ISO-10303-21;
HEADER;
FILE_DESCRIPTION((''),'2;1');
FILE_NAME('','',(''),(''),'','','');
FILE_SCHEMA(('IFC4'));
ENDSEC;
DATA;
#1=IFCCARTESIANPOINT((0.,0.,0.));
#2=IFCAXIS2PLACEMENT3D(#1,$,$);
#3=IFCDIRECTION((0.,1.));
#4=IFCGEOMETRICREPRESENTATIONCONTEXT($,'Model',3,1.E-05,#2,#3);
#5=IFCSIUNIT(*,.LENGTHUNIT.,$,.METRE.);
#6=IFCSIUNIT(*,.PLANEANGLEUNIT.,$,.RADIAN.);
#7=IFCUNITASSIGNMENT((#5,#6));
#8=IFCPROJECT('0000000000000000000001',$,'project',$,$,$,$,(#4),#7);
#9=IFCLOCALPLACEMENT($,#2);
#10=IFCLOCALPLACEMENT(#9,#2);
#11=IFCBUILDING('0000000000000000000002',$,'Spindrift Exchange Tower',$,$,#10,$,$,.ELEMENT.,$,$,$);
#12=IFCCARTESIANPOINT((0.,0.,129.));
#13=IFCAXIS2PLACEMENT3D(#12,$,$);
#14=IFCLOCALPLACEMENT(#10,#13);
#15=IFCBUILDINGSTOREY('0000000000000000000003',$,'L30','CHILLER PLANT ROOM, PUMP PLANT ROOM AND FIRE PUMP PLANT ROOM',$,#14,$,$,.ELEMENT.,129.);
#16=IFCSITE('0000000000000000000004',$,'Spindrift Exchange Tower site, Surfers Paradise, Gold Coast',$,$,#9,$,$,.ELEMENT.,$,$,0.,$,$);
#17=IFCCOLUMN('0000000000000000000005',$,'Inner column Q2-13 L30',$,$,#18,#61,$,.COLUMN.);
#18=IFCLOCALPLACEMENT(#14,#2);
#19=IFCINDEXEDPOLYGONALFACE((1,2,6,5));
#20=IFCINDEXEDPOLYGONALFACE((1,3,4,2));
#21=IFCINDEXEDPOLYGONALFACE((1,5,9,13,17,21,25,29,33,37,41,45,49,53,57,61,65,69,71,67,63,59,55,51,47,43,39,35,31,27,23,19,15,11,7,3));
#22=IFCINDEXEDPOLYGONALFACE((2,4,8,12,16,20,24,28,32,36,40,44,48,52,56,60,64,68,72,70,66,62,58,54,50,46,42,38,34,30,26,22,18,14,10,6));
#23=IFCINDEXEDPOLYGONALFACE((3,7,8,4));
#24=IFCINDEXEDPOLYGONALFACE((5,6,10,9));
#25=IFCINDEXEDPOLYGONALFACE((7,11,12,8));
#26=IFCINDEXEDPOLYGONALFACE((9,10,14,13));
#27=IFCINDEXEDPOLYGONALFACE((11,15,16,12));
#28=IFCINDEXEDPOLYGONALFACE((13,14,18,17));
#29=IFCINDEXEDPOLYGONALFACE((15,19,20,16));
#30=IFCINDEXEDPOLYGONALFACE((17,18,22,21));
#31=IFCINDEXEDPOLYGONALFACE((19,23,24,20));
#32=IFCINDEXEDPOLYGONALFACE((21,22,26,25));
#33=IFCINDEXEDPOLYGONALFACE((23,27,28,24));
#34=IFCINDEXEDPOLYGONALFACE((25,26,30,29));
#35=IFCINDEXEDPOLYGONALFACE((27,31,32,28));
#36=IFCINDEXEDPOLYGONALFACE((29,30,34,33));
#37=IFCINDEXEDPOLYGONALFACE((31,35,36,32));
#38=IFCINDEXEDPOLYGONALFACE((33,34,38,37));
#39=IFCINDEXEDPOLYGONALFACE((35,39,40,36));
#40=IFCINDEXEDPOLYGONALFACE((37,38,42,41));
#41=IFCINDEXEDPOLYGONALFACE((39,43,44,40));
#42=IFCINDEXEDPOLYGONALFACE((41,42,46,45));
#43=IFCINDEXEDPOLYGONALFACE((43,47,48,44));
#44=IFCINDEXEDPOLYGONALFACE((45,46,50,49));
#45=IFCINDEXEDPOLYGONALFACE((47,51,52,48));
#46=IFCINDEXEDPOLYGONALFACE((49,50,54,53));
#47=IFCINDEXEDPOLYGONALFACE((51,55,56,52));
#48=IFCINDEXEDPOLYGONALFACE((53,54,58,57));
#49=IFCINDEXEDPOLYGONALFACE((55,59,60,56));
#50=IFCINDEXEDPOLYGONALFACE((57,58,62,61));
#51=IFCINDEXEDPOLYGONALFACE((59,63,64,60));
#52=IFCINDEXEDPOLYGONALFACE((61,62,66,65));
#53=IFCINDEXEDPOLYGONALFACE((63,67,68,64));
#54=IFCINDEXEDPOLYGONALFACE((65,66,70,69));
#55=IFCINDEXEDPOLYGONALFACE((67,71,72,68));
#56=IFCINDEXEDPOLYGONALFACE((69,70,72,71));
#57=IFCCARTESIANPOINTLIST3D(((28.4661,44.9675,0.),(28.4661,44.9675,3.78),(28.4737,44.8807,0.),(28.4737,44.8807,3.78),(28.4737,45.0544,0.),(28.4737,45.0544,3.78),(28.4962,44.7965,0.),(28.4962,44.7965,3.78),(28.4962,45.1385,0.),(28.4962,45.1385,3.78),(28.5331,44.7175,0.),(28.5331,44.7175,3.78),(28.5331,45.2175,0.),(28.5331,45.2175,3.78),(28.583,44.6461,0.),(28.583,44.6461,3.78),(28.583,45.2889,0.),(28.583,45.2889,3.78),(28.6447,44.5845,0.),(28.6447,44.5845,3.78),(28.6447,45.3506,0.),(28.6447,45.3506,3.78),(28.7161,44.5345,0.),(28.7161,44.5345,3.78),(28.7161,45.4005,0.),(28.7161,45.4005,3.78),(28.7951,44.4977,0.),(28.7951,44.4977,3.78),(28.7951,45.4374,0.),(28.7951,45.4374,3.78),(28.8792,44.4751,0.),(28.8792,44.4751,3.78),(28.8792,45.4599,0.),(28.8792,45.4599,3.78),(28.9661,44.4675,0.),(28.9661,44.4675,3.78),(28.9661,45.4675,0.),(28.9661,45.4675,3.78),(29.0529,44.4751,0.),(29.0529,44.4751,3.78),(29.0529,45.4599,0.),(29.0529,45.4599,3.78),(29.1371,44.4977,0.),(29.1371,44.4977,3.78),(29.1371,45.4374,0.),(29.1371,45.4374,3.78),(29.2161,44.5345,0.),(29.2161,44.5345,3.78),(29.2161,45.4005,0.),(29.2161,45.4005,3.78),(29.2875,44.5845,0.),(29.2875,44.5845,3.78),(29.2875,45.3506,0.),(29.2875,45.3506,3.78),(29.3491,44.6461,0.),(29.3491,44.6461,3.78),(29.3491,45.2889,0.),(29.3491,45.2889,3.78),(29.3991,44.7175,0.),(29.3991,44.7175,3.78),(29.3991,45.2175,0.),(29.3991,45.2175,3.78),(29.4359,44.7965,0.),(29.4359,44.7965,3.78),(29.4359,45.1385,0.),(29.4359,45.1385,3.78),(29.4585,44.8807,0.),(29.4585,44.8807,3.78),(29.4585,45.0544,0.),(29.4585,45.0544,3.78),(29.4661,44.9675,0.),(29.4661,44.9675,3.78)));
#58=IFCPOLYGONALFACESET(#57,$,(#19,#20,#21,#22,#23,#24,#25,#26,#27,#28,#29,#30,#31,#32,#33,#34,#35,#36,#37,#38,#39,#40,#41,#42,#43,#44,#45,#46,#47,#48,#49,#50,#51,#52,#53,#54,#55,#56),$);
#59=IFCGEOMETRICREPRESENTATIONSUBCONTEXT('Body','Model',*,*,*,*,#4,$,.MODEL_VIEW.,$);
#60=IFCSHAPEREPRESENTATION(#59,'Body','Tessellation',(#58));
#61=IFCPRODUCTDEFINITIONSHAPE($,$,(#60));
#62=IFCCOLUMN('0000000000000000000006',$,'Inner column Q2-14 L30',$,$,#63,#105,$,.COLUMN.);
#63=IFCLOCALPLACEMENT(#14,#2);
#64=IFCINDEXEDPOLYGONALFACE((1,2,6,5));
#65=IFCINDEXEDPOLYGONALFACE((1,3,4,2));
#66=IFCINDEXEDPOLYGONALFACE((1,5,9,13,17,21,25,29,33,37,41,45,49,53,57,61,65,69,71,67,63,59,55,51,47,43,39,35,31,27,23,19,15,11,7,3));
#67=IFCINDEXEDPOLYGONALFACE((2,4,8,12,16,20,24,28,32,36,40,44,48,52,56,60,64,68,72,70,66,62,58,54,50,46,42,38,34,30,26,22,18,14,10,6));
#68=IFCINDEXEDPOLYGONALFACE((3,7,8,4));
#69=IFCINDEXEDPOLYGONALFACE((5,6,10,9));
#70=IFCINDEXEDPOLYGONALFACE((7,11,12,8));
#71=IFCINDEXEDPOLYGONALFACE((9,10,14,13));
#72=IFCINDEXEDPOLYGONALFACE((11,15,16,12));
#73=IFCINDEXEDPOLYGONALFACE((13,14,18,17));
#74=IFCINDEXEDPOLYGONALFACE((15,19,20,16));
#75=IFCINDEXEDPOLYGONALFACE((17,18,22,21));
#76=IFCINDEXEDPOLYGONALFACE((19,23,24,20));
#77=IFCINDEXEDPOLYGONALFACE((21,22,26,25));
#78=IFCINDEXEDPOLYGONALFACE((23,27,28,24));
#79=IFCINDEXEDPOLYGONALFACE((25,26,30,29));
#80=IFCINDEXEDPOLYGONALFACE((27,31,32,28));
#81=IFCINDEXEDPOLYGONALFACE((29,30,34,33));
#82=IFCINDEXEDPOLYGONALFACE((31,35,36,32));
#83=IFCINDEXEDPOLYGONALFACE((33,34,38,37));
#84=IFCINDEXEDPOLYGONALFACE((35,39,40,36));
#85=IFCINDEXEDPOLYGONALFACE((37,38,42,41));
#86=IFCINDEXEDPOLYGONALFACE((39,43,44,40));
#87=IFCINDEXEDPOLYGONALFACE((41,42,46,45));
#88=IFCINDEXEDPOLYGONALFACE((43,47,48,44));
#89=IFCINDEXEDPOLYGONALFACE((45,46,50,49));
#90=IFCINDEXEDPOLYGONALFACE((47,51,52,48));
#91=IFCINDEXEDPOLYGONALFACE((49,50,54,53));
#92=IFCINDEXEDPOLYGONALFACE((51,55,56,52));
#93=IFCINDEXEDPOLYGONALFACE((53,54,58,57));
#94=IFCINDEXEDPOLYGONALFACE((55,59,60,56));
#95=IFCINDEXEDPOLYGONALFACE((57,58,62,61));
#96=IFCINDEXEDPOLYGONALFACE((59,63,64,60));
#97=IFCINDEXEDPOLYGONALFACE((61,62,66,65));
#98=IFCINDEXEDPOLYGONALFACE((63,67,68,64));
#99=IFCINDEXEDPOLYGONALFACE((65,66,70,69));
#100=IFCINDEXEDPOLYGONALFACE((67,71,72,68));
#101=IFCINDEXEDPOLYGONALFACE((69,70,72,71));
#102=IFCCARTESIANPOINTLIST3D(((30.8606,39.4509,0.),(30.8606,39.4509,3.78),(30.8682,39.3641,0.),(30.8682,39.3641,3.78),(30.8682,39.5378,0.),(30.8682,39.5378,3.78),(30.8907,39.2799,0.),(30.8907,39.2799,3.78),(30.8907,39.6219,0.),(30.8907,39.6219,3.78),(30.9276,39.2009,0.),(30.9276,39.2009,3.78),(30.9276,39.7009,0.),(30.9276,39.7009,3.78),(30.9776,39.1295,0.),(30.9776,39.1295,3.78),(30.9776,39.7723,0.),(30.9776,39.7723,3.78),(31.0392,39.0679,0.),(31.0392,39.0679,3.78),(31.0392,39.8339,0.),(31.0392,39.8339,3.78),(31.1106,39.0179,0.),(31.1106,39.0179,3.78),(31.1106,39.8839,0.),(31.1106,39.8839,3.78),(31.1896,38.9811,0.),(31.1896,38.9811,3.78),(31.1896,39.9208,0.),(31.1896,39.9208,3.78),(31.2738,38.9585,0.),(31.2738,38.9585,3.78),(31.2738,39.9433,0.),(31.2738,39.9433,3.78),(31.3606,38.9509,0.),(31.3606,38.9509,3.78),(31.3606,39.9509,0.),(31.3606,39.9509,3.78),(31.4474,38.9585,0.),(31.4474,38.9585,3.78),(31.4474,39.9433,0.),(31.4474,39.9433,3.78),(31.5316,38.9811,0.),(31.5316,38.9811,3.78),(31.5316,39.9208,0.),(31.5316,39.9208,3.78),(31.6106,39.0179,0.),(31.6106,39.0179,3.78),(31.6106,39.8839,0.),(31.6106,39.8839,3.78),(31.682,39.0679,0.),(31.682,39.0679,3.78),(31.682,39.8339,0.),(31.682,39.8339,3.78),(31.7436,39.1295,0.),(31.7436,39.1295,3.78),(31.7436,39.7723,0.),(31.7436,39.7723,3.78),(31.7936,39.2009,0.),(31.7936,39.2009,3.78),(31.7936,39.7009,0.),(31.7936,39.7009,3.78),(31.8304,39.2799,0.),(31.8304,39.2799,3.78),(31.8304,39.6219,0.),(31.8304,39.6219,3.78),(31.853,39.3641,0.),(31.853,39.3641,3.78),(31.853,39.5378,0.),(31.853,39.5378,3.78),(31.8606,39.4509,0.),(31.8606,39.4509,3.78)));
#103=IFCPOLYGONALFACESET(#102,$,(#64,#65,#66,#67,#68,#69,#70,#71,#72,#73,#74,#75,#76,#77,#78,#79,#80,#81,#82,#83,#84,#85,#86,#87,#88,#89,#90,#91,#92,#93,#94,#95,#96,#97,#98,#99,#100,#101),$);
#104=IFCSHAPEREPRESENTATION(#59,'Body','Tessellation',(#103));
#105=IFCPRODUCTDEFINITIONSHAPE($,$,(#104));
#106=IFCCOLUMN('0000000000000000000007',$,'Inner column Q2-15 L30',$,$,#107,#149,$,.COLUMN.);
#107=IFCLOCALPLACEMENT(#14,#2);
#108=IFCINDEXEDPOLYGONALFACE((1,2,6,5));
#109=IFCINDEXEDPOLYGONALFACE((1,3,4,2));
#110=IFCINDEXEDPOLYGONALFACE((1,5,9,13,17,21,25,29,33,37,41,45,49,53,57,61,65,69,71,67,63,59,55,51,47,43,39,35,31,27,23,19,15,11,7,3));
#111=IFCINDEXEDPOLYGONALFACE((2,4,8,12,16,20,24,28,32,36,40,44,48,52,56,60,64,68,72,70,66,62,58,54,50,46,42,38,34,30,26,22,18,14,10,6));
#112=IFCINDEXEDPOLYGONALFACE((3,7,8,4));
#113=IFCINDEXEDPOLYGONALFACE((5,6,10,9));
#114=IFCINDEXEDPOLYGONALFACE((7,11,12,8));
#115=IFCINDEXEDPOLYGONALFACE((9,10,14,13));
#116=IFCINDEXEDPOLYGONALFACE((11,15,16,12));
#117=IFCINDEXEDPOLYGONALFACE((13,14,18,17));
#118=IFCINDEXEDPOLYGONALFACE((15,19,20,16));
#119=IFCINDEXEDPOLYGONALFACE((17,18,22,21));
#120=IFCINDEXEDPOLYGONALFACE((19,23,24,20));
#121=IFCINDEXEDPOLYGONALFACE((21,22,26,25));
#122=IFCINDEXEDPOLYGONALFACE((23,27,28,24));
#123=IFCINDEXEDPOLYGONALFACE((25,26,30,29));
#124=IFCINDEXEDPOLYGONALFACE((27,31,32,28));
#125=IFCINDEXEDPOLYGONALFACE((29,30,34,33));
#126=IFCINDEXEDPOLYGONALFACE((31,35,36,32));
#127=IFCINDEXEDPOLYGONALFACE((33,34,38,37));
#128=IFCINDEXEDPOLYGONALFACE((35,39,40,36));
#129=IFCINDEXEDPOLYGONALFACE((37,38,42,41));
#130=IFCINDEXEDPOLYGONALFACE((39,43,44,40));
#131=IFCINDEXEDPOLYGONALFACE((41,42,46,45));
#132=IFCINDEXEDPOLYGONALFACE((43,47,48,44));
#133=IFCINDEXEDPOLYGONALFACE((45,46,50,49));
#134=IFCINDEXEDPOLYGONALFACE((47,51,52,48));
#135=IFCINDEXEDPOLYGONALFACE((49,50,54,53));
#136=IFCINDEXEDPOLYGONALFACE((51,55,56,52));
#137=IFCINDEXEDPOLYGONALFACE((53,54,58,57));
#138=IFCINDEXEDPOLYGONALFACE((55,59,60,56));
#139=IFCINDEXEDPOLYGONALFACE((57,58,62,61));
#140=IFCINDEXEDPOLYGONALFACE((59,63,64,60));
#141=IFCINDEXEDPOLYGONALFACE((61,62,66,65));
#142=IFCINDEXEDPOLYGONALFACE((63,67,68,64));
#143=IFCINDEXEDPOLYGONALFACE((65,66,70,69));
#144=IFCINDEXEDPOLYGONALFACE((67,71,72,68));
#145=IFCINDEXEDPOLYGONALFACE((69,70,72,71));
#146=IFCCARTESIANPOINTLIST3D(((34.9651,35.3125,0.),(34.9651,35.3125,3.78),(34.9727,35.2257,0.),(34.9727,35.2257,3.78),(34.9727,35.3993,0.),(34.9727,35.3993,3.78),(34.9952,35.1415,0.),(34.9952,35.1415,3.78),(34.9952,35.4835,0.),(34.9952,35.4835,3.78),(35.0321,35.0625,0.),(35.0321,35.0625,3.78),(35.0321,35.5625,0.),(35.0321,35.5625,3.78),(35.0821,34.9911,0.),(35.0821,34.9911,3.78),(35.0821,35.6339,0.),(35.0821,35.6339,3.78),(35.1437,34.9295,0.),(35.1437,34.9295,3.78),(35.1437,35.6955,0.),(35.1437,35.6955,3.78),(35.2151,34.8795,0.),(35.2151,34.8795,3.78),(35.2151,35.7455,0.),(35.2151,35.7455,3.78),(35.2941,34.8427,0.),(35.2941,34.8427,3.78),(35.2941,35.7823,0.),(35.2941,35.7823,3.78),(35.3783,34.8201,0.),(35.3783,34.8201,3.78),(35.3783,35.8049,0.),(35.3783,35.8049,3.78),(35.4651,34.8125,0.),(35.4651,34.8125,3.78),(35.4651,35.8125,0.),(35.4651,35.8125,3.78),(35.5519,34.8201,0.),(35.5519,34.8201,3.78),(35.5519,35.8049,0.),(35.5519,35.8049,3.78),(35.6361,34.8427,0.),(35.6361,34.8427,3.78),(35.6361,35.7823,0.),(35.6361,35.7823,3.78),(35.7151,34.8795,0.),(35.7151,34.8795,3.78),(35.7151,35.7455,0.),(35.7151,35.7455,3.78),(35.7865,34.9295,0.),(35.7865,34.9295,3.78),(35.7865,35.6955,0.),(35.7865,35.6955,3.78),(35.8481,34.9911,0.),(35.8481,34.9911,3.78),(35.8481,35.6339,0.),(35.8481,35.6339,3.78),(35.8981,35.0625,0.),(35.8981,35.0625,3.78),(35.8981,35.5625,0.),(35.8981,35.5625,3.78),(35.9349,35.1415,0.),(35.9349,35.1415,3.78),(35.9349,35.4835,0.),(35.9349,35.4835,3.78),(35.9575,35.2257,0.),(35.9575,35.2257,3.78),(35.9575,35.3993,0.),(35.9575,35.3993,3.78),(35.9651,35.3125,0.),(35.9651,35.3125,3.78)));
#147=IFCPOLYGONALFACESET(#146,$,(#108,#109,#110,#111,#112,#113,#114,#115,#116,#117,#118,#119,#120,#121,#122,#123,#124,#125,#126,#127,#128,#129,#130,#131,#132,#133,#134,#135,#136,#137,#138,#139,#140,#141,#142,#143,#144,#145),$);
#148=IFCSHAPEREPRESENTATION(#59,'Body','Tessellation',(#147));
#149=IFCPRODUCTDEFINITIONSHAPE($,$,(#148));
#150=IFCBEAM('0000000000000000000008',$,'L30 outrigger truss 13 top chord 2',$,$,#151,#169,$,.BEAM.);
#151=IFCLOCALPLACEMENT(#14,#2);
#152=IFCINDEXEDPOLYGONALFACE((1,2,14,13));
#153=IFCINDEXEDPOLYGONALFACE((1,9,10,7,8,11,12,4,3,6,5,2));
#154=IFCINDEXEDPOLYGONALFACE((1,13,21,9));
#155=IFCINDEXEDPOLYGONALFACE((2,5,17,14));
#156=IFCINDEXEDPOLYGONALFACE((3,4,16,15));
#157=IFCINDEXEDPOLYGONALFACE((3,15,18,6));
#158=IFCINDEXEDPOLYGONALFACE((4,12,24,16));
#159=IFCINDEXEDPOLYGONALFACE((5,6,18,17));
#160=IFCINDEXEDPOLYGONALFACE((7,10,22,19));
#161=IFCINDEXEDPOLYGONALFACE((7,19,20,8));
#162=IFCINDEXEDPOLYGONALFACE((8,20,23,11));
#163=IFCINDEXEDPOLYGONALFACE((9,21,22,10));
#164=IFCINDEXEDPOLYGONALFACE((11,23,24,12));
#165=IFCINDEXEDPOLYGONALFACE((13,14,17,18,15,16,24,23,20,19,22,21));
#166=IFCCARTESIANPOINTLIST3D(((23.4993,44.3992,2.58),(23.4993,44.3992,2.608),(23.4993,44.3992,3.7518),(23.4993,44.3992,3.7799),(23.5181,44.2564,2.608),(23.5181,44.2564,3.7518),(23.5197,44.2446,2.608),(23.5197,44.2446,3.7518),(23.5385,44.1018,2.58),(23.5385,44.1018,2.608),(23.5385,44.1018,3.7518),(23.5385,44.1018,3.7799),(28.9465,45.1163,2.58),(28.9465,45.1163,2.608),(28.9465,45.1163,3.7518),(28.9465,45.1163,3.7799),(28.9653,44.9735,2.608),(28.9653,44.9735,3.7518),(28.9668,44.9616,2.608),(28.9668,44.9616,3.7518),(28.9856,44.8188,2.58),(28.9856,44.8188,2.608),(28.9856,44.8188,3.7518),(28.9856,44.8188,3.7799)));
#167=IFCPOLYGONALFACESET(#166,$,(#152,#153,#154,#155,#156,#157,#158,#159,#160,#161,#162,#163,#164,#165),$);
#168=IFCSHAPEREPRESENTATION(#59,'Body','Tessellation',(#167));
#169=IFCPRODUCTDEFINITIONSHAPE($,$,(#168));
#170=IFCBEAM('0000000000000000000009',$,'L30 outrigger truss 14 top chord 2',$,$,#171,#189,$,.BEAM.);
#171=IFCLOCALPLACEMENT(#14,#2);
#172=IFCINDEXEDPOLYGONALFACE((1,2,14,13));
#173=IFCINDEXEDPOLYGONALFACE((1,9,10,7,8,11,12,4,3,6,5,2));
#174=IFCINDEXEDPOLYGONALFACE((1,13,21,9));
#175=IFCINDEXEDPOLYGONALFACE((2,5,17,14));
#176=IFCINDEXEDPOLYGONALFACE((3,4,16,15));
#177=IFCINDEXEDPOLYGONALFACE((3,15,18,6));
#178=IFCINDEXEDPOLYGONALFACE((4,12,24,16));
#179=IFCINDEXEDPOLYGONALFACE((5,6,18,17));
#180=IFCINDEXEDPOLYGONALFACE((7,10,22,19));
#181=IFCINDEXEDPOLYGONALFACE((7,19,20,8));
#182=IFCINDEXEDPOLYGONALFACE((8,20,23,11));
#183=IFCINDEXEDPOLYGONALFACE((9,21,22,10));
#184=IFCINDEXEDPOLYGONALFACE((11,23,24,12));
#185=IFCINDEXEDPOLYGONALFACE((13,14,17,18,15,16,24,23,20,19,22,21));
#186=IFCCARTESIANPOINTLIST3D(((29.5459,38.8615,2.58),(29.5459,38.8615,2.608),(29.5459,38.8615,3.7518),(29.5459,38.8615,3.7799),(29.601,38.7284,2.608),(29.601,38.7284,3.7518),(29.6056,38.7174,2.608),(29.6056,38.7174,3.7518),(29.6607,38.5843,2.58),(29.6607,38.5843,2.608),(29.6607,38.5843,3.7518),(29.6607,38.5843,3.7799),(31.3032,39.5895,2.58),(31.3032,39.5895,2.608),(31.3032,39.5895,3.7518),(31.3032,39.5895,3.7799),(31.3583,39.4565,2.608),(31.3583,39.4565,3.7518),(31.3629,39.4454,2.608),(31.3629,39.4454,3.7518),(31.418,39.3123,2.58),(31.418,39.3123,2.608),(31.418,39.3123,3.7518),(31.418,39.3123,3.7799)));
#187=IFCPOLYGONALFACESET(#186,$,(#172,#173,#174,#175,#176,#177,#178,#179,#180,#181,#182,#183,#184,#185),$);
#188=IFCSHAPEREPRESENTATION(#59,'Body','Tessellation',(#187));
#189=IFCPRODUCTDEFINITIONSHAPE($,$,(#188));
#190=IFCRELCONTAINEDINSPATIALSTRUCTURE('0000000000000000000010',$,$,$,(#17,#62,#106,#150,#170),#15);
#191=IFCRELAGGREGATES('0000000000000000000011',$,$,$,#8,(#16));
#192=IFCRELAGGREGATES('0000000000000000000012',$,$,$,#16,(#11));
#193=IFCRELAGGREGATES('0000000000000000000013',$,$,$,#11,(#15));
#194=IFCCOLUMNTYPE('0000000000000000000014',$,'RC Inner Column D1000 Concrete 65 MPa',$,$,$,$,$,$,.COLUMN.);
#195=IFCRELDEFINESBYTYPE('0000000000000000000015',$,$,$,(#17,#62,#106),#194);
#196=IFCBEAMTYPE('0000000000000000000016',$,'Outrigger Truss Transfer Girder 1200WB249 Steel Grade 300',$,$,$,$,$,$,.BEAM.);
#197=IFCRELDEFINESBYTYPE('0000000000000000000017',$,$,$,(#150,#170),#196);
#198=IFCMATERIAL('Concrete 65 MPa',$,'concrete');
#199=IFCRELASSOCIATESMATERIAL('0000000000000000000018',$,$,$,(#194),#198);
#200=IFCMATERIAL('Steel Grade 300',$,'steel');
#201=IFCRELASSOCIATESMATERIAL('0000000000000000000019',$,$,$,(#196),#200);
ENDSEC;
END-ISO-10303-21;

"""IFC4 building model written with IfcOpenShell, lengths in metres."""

from ifc_helpers import new_model, si_unit, direction, frame, origin, origin_2d, place, context, subcontext, project, spatial, circle, i_section, extrude, source, transform, mapped, material, material_profile, profile_set, type_object, element, save


model = new_model("IFC4")

# Units and contexts
model_context = context("Model", 3, precision=1e-05, world=origin(), true_north=direction((0.0, 1.0)))
body_context = subcontext(model_context, "Body", "Model", "MODEL_VIEW")
ifc_project = project(units=[si_unit("LENGTHUNIT", "METRE"), si_unit("PLANEANGLEUNIT", "RADIAN")], contexts=[model_context])

# Site, building, storey
site_placement = place(None, origin())
site = spatial("IfcSite", under=ifc_project, at=site_placement, Name="Spindrift Exchange Tower site, Surfers Paradise, Gold Coast", CompositionType="ELEMENT", RefElevation=0.0)
building_placement = place(site_placement, origin())
building = spatial("IfcBuilding", under=site, at=building_placement, Name="Spindrift Exchange Tower", CompositionType="ELEMENT")
storey_placement = place(building_placement, frame((0.0, 0.0, 129.0)))
storey = spatial("IfcBuildingStorey", under=building, at=storey_placement, Name="L30", Description="CHILLER PLANT ROOM, PUMP PLANT ROOM AND FIRE PUMP PLANT ROOM", CompositionType="ELEMENT", Elevation=129.0)

# Columns
ifc_material_1 = material(Name="Concrete 65 MPa", Category="concrete")
ifc_material_profile_1 = material_profile(ifc_material_1, circle(Radius=0.5, at=origin_2d()), Name="RC D1000")
ifc_profile_set_1 = profile_set([ifc_material_profile_1], Name="Concrete 65 MPa")
column_type = type_object("IfcColumnType", Name="RC Inner Column D1000 Concrete 65 MPa", PredefinedType="COLUMN", material=ifc_profile_set_1)
shared_shape_1 = source(origin(), body_context, "Body", "SweptSolid", [
    extrude(circle(Radius=0.5, at=origin_2d()), origin(), (0.0, 0.0, 1.0), 3.78),
])
for number, where, z_axis, x_axis, name in (
    (1, (28.9661, 44.9675, 0.0), (0.0, 0.0, 1.0), (1.0, 0.0, 0.0), "Inner column Q2-13 L30"),
    (2, (31.3606, 39.4509, 0.0), (0.0, 0.0, 1.0), (1.0, 0.0, 0.0), "Inner column Q2-14 L30"),
    (3, (35.4651, 35.3125, 0.0), (0.0, 0.0, 1.0), (1.0, 0.0, 0.0), "Inner column Q2-15 L30"),
):
    element("IfcColumn", number, at=place(storey_placement, frame(where, z_axis=z_axis, x_axis=x_axis)), inside=storey, type_object=column_type, Name=name, PredefinedType="COLUMN", context=body_context, shape_type="MappedRepresentation", body=[
        mapped(shared_shape_1, transform((0.0, 0.0, 0.0), scale=1.0)),
    ])

# Beams
ifc_material_2 = material(Name="Steel Grade 300", Category="steel")
ifc_material_profile_2 = material_profile(ifc_material_2, i_section(OverallWidth=0.3, OverallDepth=1.2, WebThickness=0.012, FlangeThickness=0.0281, at=origin_2d()), Name="1200WB249")
ifc_profile_set_2 = profile_set([ifc_material_profile_2], Name="Steel Grade 300")
beam_type = type_object("IfcBeamType", Name="Outrigger Truss Transfer Girder 1200WB249 Steel Grade 300", PredefinedType="BEAM", material=ifc_profile_set_2)
shared_shape_2 = source(origin(), body_context, "Body", "SweptSolid", [
    extrude(i_section(OverallWidth=0.3, OverallDepth=1.2, WebThickness=0.012, FlangeThickness=0.0281, at=origin_2d()), origin(), (0.0, 0.0, 1.0), 5.4941),
])
beam_1_placement = place(storey_placement, frame((28.9661, 44.9675, 3.1799), z_axis=(-0.991447, -0.130507, 0.0), x_axis=(0.130507, -0.991447, 0.0)))
element("IfcBeam", 4, at=beam_1_placement, inside=storey, type_object=beam_type, Name="L30 outrigger truss 13 top chord 2", PredefinedType="BEAM", context=body_context, shape_type="MappedRepresentation", body=[
    mapped(shared_shape_2, transform((0.0, 0.0, 0.0), scale=1.0)),
])
shared_shape_3 = source(origin(), body_context, "Body", "SweptSolid", [
    extrude(i_section(OverallWidth=0.3, OverallDepth=1.2, WebThickness=0.012, FlangeThickness=0.0281, at=origin_2d()), origin(), (0.0, 0.0, 1.0), 1.9021),
])
beam_2_placement = place(storey_placement, frame((31.3606, 39.4509, 3.1799), z_axis=(-0.923857, -0.382737, 0.0), x_axis=(0.382737, -0.923857, 0.0)))
element("IfcBeam", 5, at=beam_2_placement, inside=storey, type_object=beam_type, Name="L30 outrigger truss 14 top chord 2", PredefinedType="BEAM", context=body_context, shape_type="MappedRepresentation", body=[
    mapped(shared_shape_3, transform((0.0, 0.0, 0.0), scale=1.0)),
])

save(model, "model.ifc")
